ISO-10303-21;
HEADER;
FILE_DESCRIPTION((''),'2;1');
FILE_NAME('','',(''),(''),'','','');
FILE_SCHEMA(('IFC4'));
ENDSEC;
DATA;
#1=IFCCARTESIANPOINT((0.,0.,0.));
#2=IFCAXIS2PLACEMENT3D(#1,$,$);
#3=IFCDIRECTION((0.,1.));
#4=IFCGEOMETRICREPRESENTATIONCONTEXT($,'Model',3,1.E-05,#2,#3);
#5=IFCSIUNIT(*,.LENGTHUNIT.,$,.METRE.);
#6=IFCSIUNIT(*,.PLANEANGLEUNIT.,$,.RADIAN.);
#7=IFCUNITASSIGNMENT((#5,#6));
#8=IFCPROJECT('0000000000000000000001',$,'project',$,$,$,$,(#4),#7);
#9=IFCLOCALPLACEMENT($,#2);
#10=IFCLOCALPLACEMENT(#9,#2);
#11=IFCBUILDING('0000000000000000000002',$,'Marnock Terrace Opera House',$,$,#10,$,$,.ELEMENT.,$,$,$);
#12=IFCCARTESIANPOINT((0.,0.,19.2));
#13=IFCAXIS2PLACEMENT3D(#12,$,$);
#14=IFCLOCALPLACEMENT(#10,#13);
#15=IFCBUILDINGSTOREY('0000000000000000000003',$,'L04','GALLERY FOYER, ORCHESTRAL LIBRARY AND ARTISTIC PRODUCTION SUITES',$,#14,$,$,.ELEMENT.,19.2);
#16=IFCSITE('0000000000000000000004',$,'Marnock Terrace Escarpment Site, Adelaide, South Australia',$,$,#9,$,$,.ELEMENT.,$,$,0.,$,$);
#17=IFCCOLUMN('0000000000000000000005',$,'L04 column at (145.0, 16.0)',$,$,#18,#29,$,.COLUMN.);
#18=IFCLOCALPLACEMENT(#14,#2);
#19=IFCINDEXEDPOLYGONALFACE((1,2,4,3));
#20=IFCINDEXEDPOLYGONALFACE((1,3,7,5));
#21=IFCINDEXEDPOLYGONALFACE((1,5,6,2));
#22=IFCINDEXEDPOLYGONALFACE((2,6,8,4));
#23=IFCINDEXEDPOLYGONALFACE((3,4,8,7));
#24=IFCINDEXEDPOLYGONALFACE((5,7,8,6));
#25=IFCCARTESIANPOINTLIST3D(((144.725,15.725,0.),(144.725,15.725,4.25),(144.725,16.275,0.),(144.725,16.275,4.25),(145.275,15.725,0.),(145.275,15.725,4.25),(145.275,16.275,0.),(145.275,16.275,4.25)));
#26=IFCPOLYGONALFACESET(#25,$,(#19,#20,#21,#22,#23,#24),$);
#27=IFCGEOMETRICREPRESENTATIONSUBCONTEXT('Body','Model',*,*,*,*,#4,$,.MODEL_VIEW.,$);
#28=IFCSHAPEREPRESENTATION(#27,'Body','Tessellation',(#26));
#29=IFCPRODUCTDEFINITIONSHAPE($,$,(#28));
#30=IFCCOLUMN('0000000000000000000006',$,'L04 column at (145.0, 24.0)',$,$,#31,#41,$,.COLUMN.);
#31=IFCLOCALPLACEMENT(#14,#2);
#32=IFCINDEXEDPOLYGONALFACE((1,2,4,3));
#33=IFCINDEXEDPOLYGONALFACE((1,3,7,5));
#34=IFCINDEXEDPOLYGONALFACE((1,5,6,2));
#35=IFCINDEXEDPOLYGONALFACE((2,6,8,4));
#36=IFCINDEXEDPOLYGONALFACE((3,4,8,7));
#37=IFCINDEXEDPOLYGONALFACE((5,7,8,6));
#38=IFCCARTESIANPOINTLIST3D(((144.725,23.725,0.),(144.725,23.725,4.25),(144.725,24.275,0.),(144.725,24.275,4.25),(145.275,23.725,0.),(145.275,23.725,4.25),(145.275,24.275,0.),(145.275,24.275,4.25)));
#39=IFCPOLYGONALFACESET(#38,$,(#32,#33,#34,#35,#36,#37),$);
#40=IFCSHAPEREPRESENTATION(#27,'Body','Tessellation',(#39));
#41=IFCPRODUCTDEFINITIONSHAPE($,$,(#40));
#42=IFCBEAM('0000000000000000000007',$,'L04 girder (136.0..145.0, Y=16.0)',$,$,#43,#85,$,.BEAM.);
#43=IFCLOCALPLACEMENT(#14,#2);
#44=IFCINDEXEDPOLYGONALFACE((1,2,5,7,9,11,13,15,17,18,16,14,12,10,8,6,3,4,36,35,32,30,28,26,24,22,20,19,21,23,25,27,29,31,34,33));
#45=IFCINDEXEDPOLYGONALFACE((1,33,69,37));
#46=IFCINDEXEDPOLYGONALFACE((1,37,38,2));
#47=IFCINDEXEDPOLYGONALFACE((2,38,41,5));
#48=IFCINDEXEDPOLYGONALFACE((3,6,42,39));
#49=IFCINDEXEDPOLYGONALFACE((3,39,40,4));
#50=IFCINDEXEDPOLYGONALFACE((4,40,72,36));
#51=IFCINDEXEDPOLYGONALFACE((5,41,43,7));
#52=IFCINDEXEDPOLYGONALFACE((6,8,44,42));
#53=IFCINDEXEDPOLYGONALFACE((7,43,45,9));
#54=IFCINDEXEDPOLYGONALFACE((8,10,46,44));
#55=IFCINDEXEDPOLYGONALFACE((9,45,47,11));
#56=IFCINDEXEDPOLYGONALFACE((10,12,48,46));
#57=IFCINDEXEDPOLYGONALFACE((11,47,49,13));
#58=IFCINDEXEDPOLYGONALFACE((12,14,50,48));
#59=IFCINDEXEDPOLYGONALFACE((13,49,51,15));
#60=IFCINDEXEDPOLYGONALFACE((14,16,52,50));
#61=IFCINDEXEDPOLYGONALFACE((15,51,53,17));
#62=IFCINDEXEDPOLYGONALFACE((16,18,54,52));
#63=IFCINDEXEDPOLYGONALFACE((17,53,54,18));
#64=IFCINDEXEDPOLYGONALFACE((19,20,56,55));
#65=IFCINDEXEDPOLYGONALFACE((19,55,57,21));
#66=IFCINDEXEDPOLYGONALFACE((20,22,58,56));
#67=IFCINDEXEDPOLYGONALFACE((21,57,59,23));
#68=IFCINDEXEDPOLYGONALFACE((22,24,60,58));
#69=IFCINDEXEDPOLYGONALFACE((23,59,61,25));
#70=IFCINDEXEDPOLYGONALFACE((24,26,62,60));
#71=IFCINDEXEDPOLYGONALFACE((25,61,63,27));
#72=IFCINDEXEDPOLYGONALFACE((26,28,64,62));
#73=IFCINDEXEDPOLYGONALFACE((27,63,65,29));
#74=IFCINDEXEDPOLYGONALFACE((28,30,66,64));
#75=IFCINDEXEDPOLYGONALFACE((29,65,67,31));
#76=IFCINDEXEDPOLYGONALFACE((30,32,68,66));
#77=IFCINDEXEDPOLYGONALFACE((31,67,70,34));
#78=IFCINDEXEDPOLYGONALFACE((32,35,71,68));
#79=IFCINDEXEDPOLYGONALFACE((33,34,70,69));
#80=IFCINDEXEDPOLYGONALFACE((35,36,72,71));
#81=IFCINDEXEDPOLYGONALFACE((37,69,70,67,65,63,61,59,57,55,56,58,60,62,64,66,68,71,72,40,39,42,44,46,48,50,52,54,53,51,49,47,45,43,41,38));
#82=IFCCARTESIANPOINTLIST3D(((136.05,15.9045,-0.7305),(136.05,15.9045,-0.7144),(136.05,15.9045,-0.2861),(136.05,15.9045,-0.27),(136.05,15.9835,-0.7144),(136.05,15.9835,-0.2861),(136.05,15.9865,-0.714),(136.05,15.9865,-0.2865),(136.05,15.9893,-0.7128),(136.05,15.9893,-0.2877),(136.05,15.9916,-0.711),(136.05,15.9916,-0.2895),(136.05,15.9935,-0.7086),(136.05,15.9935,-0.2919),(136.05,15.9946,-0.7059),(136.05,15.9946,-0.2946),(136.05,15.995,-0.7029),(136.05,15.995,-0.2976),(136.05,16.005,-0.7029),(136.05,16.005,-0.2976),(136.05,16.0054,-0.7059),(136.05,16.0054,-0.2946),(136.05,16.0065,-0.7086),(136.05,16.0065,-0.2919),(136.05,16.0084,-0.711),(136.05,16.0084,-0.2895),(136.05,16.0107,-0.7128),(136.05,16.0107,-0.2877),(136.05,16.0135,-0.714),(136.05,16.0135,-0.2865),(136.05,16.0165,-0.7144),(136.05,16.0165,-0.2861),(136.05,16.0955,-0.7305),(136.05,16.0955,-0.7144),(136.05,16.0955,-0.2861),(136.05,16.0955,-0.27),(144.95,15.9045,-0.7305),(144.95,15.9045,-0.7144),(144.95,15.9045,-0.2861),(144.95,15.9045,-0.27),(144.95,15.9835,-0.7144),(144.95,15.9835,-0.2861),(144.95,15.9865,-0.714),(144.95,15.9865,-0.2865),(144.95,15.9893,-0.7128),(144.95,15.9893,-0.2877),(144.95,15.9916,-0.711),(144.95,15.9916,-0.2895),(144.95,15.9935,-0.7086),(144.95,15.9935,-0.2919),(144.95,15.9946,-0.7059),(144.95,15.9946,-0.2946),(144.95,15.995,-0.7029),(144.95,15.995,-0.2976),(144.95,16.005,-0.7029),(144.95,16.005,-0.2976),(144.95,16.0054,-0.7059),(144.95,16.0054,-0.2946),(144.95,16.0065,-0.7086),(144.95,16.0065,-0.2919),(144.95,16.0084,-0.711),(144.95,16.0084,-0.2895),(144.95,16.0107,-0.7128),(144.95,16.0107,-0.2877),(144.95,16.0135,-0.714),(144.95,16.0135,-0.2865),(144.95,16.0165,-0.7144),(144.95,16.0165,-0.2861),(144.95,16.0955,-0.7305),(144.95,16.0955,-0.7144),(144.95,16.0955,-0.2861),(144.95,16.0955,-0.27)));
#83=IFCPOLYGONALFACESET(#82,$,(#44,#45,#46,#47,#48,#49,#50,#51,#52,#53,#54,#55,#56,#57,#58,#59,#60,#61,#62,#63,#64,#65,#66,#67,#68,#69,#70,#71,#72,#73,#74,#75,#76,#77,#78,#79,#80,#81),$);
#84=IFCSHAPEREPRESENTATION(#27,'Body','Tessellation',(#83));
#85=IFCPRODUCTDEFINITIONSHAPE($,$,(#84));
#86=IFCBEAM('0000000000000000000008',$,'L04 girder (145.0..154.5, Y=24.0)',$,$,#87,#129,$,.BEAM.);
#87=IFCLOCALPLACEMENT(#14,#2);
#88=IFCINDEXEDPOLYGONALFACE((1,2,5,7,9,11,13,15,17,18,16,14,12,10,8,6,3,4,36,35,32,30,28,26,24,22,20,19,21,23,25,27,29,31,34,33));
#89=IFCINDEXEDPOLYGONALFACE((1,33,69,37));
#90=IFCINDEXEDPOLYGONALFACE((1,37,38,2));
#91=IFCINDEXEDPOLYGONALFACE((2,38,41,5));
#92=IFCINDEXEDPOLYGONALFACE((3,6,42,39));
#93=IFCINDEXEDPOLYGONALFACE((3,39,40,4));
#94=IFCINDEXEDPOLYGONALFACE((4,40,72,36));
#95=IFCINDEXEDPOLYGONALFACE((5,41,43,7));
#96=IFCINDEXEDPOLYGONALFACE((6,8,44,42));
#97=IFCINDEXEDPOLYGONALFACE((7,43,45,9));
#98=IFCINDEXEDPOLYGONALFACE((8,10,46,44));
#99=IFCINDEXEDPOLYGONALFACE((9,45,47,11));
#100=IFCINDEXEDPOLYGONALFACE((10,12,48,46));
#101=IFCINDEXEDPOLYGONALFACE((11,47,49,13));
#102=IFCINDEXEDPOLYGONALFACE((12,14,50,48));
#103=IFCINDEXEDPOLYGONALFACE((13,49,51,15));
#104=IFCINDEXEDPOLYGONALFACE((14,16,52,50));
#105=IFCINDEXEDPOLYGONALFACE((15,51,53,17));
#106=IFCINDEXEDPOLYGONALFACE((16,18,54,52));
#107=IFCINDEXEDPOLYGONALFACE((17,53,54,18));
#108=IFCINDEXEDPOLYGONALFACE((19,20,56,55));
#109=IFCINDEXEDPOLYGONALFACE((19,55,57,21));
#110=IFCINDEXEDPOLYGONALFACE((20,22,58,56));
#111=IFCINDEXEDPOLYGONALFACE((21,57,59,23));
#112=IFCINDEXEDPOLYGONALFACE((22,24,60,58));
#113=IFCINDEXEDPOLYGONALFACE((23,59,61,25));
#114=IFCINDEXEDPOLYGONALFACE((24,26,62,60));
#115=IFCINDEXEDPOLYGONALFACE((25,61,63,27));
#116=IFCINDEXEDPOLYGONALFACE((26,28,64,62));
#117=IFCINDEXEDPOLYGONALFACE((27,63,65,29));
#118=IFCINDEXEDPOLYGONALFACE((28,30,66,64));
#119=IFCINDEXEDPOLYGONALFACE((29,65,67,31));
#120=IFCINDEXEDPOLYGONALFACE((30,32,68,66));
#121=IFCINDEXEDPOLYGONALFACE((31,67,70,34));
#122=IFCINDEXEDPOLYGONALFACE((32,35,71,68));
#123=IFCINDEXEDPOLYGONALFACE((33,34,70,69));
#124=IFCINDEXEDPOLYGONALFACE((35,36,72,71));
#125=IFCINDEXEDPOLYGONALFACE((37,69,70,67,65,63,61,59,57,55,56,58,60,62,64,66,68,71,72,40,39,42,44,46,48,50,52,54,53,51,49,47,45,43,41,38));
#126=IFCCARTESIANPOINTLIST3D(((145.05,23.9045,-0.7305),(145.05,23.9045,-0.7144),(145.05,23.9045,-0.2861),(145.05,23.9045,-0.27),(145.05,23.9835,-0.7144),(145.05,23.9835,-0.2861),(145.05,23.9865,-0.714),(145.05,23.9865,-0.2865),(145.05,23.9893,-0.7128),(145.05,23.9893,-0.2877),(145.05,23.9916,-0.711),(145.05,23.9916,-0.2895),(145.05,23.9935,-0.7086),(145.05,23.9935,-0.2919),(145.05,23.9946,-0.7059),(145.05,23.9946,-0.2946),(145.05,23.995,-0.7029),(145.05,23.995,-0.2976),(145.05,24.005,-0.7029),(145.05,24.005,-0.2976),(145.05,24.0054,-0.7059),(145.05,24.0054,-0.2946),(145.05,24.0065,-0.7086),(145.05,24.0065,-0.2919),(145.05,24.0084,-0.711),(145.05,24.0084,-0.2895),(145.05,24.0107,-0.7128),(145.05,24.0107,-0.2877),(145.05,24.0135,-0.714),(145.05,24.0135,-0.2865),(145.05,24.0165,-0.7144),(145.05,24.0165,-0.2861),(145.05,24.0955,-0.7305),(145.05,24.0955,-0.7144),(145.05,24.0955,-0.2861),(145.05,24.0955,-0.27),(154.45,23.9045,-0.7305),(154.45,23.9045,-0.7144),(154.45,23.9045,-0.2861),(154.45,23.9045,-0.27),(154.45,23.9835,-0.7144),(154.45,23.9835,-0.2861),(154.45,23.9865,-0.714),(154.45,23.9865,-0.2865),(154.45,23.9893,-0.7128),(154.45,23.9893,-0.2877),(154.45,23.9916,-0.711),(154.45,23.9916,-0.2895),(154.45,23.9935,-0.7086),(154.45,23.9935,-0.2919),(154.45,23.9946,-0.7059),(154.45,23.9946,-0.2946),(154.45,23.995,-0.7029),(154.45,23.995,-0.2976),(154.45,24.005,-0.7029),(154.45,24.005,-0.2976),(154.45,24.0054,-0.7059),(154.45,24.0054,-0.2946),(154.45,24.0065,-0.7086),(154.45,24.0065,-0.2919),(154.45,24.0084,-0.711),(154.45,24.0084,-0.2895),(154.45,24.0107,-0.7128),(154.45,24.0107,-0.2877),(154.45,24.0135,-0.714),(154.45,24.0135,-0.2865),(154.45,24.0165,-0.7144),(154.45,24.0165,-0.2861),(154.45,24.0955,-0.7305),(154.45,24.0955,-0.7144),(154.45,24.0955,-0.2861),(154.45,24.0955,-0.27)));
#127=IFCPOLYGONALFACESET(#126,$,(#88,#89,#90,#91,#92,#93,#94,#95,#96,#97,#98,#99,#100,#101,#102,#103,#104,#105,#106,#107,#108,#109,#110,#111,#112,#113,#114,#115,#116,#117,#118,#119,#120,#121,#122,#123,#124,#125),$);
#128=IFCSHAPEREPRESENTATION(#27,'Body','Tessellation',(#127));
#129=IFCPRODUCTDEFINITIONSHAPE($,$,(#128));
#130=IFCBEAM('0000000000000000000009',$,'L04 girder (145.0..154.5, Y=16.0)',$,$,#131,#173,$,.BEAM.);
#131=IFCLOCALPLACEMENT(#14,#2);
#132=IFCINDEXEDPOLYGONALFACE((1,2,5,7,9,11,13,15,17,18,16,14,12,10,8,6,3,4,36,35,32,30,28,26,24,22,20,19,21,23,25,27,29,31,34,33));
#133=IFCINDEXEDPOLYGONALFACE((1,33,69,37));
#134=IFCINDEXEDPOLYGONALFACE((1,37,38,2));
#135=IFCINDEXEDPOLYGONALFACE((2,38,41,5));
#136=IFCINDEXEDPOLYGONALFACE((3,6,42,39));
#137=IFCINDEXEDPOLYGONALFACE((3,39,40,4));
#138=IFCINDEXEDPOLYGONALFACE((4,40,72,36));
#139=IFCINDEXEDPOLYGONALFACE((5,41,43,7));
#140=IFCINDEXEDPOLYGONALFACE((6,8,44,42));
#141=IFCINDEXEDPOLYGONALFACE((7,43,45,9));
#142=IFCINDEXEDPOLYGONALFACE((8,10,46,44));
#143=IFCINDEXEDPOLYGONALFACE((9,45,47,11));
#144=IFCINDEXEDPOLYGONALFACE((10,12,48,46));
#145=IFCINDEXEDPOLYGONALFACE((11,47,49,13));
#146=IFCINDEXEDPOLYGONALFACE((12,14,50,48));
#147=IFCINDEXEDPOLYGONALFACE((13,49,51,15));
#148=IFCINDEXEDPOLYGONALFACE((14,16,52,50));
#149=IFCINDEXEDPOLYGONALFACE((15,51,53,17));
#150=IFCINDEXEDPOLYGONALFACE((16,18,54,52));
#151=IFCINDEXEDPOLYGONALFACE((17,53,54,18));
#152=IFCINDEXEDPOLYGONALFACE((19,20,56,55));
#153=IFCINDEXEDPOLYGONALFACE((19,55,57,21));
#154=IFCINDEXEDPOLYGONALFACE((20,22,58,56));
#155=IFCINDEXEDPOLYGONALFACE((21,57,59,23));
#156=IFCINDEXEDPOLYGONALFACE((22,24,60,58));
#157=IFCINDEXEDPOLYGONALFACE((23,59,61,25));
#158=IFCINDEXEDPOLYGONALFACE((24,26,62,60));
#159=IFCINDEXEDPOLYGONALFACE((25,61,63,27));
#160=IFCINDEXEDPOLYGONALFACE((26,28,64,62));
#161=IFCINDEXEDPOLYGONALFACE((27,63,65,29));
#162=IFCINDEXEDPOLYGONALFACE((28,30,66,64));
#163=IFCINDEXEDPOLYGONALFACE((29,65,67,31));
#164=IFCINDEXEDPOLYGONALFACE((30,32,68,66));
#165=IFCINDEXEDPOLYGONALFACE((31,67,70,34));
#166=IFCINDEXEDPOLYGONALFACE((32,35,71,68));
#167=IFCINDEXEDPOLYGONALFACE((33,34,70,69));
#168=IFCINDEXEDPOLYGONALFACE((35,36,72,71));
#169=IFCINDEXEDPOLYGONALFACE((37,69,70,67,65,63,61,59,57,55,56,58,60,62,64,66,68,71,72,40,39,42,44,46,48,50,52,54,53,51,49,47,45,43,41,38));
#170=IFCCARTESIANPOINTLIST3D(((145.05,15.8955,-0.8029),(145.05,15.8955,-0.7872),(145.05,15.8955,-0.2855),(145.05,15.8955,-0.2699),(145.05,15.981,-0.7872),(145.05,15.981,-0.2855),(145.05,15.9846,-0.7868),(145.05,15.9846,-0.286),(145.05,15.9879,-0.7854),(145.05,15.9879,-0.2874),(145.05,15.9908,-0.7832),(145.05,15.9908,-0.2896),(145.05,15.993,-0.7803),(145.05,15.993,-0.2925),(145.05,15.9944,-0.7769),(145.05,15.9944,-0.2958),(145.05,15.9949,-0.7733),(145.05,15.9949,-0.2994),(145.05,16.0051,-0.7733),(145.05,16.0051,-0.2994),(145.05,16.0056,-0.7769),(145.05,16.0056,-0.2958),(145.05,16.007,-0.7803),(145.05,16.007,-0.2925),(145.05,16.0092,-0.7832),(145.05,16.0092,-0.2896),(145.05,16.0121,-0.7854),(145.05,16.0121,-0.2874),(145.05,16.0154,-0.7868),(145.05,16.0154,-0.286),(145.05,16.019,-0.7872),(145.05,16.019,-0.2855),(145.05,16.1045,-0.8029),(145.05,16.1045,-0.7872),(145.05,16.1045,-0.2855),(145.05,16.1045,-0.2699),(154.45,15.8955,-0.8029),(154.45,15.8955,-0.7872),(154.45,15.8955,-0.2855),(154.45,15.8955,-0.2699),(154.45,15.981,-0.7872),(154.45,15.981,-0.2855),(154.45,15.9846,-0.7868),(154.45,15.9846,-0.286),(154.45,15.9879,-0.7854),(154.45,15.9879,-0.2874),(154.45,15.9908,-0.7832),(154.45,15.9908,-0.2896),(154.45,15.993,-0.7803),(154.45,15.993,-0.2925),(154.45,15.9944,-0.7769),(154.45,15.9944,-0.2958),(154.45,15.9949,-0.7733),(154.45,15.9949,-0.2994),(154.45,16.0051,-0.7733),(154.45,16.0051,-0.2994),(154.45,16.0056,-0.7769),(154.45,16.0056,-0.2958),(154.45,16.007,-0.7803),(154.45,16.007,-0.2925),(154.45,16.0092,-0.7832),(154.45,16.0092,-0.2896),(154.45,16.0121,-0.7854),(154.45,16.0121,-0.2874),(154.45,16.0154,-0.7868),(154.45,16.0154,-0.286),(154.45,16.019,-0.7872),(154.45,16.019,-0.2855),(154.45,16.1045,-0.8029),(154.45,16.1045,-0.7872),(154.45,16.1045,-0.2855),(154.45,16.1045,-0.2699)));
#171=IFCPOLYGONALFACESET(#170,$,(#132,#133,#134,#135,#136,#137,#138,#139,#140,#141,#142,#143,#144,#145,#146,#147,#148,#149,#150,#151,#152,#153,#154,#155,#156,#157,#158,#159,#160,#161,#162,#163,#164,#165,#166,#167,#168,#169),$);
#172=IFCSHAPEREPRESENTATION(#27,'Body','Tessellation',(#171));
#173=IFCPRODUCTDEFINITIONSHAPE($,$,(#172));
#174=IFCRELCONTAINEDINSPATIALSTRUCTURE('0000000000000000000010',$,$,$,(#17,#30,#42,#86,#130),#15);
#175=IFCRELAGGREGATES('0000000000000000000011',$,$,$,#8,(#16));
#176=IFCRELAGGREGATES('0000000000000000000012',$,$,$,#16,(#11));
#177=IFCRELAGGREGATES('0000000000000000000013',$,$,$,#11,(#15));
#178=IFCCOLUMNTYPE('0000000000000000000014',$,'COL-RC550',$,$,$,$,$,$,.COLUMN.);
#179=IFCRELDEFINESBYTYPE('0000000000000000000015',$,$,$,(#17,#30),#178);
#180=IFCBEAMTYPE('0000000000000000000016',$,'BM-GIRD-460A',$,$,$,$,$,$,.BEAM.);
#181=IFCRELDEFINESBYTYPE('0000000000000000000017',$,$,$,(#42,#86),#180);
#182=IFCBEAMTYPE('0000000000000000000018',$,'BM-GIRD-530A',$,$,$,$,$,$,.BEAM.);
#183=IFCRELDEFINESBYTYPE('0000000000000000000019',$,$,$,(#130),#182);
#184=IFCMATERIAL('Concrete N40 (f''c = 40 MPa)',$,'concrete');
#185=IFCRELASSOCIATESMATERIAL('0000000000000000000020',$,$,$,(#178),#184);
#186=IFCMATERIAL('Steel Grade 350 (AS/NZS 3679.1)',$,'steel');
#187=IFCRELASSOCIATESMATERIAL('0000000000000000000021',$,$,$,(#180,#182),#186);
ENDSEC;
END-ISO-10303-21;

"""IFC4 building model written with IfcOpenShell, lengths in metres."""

from ifc_helpers import new_model, si_unit, direction, frame, origin, origin_2d, place, context, subcontext, project, spatial, rectangle, i_section, extrude, material, material_profile, profile_set, type_object, element, save


model = new_model("IFC4")

# Units and contexts
model_context = context("Model", 3, precision=1e-05, world=origin(), true_north=direction((0.0, 1.0)))
body_context = subcontext(model_context, "Body", "Model", "MODEL_VIEW")
ifc_project = project(units=[si_unit("LENGTHUNIT", "METRE"), si_unit("PLANEANGLEUNIT", "RADIAN")], contexts=[model_context])

# Site, building, storey
site_placement = place(None, origin())
site = spatial("IfcSite", under=ifc_project, at=site_placement, Name="Marnock Terrace Escarpment Site, Adelaide, South Australia", CompositionType="ELEMENT", RefElevation=0.0)
building_placement = place(site_placement, origin())
building = spatial("IfcBuilding", under=site, at=building_placement, Name="Marnock Terrace Opera House", CompositionType="ELEMENT")
storey_placement = place(building_placement, frame((0.0, 0.0, 19.2)))
storey = spatial("IfcBuildingStorey", under=building, at=storey_placement, Name="L04", Description="GALLERY FOYER, ORCHESTRAL LIBRARY AND ARTISTIC PRODUCTION SUITES", CompositionType="ELEMENT", Elevation=19.2)

# Columns
ifc_material_1 = material(Name="Concrete N40 (f'c = 40 MPa)", Category="concrete")
ifc_material_profile_1 = material_profile(ifc_material_1, rectangle(XDim=0.55, YDim=0.55, at=origin_2d()))
ifc_profile_set_1 = profile_set([ifc_material_profile_1], Name="Concrete N40 (f'c = 40 MPa)")
column_type = type_object("IfcColumnType", Name="COL-RC550", PredefinedType="COLUMN", material=ifc_profile_set_1)
for number, where, z_axis, x_axis, name in (
    (1, (145.0, 16.0, 0.0), (0.0, 0.0, 1.0), (1.0, 0.0, 0.0), "L04 column at (145.0, 16.0)"),
    (2, (145.0, 24.0, 0.0), (0.0, 0.0, 1.0), (1.0, 0.0, 0.0), "L04 column at (145.0, 24.0)"),
):
    element("IfcColumn", number, at=place(storey_placement, frame(where, z_axis=z_axis, x_axis=x_axis)), inside=storey, type_object=column_type, Name=name, PredefinedType="COLUMN", context=body_context, shape_type="SweptSolid", body=[
        extrude(rectangle(XDim=0.55, YDim=0.55, at=origin_2d()), origin(), (0.0, 0.0, 1.0), 4.25),
    ])

# Beams
ifc_material_2 = material(Name="Steel Grade 350 (AS/NZS 3679.1)", Category="steel")
ifc_material_profile_2 = material_profile(ifc_material_2, i_section(OverallWidth=0.1909, OverallDepth=0.4604, WebThickness=0.01, FlangeThickness=0.0161, FilletRadius=0.0115, at=origin_2d()))
ifc_profile_set_2 = profile_set([ifc_material_profile_2], Name="Steel Grade 350 (AS/NZS 3679.1)")
beam_type_1 = type_object("IfcBeamType", Name="BM-GIRD-460A", PredefinedType="BEAM", material=ifc_profile_set_2)
beam_1_placement = place(storey_placement, frame((136.05, 16.0, -0.5002), z_axis=(1.0, 0.0, 0.0), x_axis=(0.0, 1.0, 0.0)))
element("IfcBeam", 3, at=beam_1_placement, inside=storey, type_object=beam_type_1, Name="L04 girder (136.0..145.0, Y=16.0)", PredefinedType="BEAM", context=body_context, shape_type="SweptSolid", body=[
    extrude(i_section(OverallWidth=0.1909, OverallDepth=0.4604, WebThickness=0.01, FlangeThickness=0.0161, FilletRadius=0.0115, at=origin_2d()), origin(), (0.0, 0.0, 1.0), 8.8999),
])
beam_2_placement = place(storey_placement, frame((145.05, 24.0, -0.5002), z_axis=(1.0, 0.0, 0.0), x_axis=(0.0, 1.0, 0.0)))
element("IfcBeam", 4, at=beam_2_placement, inside=storey, type_object=beam_type_1, Name="L04 girder (145.0..154.5, Y=24.0)", PredefinedType="BEAM", context=body_context, shape_type="SweptSolid", body=[
    extrude(i_section(OverallWidth=0.1909, OverallDepth=0.4604, WebThickness=0.01, FlangeThickness=0.0161, FilletRadius=0.0115, at=origin_2d()), origin(), (0.0, 0.0, 1.0), 9.3999),
])
ifc_material_profile_3 = material_profile(ifc_material_2, i_section(OverallWidth=0.209, OverallDepth=0.533, WebThickness=0.0103, FlangeThickness=0.0156, FilletRadius=0.0139, at=origin_2d()))
ifc_profile_set_3 = profile_set([ifc_material_profile_3], Name="Steel Grade 350 (AS/NZS 3679.1)")
beam_type_2 = type_object("IfcBeamType", Name="BM-GIRD-530A", PredefinedType="BEAM", material=ifc_profile_set_3)
beam_3_placement = place(storey_placement, frame((145.05, 16.0, -0.5364), z_axis=(1.0, 0.0, 0.0), x_axis=(0.0, 1.0, 0.0)))
element("IfcBeam", 5, at=beam_3_placement, inside=storey, type_object=beam_type_2, Name="L04 girder (145.0..154.5, Y=16.0)", PredefinedType="BEAM", context=body_context, shape_type="SweptSolid", body=[
    extrude(i_section(OverallWidth=0.209, OverallDepth=0.533, WebThickness=0.0103, FlangeThickness=0.0156, FilletRadius=0.0139, at=origin_2d()), origin(), (0.0, 0.0, 1.0), 9.3999),
])

save(model, "model.ifc")
